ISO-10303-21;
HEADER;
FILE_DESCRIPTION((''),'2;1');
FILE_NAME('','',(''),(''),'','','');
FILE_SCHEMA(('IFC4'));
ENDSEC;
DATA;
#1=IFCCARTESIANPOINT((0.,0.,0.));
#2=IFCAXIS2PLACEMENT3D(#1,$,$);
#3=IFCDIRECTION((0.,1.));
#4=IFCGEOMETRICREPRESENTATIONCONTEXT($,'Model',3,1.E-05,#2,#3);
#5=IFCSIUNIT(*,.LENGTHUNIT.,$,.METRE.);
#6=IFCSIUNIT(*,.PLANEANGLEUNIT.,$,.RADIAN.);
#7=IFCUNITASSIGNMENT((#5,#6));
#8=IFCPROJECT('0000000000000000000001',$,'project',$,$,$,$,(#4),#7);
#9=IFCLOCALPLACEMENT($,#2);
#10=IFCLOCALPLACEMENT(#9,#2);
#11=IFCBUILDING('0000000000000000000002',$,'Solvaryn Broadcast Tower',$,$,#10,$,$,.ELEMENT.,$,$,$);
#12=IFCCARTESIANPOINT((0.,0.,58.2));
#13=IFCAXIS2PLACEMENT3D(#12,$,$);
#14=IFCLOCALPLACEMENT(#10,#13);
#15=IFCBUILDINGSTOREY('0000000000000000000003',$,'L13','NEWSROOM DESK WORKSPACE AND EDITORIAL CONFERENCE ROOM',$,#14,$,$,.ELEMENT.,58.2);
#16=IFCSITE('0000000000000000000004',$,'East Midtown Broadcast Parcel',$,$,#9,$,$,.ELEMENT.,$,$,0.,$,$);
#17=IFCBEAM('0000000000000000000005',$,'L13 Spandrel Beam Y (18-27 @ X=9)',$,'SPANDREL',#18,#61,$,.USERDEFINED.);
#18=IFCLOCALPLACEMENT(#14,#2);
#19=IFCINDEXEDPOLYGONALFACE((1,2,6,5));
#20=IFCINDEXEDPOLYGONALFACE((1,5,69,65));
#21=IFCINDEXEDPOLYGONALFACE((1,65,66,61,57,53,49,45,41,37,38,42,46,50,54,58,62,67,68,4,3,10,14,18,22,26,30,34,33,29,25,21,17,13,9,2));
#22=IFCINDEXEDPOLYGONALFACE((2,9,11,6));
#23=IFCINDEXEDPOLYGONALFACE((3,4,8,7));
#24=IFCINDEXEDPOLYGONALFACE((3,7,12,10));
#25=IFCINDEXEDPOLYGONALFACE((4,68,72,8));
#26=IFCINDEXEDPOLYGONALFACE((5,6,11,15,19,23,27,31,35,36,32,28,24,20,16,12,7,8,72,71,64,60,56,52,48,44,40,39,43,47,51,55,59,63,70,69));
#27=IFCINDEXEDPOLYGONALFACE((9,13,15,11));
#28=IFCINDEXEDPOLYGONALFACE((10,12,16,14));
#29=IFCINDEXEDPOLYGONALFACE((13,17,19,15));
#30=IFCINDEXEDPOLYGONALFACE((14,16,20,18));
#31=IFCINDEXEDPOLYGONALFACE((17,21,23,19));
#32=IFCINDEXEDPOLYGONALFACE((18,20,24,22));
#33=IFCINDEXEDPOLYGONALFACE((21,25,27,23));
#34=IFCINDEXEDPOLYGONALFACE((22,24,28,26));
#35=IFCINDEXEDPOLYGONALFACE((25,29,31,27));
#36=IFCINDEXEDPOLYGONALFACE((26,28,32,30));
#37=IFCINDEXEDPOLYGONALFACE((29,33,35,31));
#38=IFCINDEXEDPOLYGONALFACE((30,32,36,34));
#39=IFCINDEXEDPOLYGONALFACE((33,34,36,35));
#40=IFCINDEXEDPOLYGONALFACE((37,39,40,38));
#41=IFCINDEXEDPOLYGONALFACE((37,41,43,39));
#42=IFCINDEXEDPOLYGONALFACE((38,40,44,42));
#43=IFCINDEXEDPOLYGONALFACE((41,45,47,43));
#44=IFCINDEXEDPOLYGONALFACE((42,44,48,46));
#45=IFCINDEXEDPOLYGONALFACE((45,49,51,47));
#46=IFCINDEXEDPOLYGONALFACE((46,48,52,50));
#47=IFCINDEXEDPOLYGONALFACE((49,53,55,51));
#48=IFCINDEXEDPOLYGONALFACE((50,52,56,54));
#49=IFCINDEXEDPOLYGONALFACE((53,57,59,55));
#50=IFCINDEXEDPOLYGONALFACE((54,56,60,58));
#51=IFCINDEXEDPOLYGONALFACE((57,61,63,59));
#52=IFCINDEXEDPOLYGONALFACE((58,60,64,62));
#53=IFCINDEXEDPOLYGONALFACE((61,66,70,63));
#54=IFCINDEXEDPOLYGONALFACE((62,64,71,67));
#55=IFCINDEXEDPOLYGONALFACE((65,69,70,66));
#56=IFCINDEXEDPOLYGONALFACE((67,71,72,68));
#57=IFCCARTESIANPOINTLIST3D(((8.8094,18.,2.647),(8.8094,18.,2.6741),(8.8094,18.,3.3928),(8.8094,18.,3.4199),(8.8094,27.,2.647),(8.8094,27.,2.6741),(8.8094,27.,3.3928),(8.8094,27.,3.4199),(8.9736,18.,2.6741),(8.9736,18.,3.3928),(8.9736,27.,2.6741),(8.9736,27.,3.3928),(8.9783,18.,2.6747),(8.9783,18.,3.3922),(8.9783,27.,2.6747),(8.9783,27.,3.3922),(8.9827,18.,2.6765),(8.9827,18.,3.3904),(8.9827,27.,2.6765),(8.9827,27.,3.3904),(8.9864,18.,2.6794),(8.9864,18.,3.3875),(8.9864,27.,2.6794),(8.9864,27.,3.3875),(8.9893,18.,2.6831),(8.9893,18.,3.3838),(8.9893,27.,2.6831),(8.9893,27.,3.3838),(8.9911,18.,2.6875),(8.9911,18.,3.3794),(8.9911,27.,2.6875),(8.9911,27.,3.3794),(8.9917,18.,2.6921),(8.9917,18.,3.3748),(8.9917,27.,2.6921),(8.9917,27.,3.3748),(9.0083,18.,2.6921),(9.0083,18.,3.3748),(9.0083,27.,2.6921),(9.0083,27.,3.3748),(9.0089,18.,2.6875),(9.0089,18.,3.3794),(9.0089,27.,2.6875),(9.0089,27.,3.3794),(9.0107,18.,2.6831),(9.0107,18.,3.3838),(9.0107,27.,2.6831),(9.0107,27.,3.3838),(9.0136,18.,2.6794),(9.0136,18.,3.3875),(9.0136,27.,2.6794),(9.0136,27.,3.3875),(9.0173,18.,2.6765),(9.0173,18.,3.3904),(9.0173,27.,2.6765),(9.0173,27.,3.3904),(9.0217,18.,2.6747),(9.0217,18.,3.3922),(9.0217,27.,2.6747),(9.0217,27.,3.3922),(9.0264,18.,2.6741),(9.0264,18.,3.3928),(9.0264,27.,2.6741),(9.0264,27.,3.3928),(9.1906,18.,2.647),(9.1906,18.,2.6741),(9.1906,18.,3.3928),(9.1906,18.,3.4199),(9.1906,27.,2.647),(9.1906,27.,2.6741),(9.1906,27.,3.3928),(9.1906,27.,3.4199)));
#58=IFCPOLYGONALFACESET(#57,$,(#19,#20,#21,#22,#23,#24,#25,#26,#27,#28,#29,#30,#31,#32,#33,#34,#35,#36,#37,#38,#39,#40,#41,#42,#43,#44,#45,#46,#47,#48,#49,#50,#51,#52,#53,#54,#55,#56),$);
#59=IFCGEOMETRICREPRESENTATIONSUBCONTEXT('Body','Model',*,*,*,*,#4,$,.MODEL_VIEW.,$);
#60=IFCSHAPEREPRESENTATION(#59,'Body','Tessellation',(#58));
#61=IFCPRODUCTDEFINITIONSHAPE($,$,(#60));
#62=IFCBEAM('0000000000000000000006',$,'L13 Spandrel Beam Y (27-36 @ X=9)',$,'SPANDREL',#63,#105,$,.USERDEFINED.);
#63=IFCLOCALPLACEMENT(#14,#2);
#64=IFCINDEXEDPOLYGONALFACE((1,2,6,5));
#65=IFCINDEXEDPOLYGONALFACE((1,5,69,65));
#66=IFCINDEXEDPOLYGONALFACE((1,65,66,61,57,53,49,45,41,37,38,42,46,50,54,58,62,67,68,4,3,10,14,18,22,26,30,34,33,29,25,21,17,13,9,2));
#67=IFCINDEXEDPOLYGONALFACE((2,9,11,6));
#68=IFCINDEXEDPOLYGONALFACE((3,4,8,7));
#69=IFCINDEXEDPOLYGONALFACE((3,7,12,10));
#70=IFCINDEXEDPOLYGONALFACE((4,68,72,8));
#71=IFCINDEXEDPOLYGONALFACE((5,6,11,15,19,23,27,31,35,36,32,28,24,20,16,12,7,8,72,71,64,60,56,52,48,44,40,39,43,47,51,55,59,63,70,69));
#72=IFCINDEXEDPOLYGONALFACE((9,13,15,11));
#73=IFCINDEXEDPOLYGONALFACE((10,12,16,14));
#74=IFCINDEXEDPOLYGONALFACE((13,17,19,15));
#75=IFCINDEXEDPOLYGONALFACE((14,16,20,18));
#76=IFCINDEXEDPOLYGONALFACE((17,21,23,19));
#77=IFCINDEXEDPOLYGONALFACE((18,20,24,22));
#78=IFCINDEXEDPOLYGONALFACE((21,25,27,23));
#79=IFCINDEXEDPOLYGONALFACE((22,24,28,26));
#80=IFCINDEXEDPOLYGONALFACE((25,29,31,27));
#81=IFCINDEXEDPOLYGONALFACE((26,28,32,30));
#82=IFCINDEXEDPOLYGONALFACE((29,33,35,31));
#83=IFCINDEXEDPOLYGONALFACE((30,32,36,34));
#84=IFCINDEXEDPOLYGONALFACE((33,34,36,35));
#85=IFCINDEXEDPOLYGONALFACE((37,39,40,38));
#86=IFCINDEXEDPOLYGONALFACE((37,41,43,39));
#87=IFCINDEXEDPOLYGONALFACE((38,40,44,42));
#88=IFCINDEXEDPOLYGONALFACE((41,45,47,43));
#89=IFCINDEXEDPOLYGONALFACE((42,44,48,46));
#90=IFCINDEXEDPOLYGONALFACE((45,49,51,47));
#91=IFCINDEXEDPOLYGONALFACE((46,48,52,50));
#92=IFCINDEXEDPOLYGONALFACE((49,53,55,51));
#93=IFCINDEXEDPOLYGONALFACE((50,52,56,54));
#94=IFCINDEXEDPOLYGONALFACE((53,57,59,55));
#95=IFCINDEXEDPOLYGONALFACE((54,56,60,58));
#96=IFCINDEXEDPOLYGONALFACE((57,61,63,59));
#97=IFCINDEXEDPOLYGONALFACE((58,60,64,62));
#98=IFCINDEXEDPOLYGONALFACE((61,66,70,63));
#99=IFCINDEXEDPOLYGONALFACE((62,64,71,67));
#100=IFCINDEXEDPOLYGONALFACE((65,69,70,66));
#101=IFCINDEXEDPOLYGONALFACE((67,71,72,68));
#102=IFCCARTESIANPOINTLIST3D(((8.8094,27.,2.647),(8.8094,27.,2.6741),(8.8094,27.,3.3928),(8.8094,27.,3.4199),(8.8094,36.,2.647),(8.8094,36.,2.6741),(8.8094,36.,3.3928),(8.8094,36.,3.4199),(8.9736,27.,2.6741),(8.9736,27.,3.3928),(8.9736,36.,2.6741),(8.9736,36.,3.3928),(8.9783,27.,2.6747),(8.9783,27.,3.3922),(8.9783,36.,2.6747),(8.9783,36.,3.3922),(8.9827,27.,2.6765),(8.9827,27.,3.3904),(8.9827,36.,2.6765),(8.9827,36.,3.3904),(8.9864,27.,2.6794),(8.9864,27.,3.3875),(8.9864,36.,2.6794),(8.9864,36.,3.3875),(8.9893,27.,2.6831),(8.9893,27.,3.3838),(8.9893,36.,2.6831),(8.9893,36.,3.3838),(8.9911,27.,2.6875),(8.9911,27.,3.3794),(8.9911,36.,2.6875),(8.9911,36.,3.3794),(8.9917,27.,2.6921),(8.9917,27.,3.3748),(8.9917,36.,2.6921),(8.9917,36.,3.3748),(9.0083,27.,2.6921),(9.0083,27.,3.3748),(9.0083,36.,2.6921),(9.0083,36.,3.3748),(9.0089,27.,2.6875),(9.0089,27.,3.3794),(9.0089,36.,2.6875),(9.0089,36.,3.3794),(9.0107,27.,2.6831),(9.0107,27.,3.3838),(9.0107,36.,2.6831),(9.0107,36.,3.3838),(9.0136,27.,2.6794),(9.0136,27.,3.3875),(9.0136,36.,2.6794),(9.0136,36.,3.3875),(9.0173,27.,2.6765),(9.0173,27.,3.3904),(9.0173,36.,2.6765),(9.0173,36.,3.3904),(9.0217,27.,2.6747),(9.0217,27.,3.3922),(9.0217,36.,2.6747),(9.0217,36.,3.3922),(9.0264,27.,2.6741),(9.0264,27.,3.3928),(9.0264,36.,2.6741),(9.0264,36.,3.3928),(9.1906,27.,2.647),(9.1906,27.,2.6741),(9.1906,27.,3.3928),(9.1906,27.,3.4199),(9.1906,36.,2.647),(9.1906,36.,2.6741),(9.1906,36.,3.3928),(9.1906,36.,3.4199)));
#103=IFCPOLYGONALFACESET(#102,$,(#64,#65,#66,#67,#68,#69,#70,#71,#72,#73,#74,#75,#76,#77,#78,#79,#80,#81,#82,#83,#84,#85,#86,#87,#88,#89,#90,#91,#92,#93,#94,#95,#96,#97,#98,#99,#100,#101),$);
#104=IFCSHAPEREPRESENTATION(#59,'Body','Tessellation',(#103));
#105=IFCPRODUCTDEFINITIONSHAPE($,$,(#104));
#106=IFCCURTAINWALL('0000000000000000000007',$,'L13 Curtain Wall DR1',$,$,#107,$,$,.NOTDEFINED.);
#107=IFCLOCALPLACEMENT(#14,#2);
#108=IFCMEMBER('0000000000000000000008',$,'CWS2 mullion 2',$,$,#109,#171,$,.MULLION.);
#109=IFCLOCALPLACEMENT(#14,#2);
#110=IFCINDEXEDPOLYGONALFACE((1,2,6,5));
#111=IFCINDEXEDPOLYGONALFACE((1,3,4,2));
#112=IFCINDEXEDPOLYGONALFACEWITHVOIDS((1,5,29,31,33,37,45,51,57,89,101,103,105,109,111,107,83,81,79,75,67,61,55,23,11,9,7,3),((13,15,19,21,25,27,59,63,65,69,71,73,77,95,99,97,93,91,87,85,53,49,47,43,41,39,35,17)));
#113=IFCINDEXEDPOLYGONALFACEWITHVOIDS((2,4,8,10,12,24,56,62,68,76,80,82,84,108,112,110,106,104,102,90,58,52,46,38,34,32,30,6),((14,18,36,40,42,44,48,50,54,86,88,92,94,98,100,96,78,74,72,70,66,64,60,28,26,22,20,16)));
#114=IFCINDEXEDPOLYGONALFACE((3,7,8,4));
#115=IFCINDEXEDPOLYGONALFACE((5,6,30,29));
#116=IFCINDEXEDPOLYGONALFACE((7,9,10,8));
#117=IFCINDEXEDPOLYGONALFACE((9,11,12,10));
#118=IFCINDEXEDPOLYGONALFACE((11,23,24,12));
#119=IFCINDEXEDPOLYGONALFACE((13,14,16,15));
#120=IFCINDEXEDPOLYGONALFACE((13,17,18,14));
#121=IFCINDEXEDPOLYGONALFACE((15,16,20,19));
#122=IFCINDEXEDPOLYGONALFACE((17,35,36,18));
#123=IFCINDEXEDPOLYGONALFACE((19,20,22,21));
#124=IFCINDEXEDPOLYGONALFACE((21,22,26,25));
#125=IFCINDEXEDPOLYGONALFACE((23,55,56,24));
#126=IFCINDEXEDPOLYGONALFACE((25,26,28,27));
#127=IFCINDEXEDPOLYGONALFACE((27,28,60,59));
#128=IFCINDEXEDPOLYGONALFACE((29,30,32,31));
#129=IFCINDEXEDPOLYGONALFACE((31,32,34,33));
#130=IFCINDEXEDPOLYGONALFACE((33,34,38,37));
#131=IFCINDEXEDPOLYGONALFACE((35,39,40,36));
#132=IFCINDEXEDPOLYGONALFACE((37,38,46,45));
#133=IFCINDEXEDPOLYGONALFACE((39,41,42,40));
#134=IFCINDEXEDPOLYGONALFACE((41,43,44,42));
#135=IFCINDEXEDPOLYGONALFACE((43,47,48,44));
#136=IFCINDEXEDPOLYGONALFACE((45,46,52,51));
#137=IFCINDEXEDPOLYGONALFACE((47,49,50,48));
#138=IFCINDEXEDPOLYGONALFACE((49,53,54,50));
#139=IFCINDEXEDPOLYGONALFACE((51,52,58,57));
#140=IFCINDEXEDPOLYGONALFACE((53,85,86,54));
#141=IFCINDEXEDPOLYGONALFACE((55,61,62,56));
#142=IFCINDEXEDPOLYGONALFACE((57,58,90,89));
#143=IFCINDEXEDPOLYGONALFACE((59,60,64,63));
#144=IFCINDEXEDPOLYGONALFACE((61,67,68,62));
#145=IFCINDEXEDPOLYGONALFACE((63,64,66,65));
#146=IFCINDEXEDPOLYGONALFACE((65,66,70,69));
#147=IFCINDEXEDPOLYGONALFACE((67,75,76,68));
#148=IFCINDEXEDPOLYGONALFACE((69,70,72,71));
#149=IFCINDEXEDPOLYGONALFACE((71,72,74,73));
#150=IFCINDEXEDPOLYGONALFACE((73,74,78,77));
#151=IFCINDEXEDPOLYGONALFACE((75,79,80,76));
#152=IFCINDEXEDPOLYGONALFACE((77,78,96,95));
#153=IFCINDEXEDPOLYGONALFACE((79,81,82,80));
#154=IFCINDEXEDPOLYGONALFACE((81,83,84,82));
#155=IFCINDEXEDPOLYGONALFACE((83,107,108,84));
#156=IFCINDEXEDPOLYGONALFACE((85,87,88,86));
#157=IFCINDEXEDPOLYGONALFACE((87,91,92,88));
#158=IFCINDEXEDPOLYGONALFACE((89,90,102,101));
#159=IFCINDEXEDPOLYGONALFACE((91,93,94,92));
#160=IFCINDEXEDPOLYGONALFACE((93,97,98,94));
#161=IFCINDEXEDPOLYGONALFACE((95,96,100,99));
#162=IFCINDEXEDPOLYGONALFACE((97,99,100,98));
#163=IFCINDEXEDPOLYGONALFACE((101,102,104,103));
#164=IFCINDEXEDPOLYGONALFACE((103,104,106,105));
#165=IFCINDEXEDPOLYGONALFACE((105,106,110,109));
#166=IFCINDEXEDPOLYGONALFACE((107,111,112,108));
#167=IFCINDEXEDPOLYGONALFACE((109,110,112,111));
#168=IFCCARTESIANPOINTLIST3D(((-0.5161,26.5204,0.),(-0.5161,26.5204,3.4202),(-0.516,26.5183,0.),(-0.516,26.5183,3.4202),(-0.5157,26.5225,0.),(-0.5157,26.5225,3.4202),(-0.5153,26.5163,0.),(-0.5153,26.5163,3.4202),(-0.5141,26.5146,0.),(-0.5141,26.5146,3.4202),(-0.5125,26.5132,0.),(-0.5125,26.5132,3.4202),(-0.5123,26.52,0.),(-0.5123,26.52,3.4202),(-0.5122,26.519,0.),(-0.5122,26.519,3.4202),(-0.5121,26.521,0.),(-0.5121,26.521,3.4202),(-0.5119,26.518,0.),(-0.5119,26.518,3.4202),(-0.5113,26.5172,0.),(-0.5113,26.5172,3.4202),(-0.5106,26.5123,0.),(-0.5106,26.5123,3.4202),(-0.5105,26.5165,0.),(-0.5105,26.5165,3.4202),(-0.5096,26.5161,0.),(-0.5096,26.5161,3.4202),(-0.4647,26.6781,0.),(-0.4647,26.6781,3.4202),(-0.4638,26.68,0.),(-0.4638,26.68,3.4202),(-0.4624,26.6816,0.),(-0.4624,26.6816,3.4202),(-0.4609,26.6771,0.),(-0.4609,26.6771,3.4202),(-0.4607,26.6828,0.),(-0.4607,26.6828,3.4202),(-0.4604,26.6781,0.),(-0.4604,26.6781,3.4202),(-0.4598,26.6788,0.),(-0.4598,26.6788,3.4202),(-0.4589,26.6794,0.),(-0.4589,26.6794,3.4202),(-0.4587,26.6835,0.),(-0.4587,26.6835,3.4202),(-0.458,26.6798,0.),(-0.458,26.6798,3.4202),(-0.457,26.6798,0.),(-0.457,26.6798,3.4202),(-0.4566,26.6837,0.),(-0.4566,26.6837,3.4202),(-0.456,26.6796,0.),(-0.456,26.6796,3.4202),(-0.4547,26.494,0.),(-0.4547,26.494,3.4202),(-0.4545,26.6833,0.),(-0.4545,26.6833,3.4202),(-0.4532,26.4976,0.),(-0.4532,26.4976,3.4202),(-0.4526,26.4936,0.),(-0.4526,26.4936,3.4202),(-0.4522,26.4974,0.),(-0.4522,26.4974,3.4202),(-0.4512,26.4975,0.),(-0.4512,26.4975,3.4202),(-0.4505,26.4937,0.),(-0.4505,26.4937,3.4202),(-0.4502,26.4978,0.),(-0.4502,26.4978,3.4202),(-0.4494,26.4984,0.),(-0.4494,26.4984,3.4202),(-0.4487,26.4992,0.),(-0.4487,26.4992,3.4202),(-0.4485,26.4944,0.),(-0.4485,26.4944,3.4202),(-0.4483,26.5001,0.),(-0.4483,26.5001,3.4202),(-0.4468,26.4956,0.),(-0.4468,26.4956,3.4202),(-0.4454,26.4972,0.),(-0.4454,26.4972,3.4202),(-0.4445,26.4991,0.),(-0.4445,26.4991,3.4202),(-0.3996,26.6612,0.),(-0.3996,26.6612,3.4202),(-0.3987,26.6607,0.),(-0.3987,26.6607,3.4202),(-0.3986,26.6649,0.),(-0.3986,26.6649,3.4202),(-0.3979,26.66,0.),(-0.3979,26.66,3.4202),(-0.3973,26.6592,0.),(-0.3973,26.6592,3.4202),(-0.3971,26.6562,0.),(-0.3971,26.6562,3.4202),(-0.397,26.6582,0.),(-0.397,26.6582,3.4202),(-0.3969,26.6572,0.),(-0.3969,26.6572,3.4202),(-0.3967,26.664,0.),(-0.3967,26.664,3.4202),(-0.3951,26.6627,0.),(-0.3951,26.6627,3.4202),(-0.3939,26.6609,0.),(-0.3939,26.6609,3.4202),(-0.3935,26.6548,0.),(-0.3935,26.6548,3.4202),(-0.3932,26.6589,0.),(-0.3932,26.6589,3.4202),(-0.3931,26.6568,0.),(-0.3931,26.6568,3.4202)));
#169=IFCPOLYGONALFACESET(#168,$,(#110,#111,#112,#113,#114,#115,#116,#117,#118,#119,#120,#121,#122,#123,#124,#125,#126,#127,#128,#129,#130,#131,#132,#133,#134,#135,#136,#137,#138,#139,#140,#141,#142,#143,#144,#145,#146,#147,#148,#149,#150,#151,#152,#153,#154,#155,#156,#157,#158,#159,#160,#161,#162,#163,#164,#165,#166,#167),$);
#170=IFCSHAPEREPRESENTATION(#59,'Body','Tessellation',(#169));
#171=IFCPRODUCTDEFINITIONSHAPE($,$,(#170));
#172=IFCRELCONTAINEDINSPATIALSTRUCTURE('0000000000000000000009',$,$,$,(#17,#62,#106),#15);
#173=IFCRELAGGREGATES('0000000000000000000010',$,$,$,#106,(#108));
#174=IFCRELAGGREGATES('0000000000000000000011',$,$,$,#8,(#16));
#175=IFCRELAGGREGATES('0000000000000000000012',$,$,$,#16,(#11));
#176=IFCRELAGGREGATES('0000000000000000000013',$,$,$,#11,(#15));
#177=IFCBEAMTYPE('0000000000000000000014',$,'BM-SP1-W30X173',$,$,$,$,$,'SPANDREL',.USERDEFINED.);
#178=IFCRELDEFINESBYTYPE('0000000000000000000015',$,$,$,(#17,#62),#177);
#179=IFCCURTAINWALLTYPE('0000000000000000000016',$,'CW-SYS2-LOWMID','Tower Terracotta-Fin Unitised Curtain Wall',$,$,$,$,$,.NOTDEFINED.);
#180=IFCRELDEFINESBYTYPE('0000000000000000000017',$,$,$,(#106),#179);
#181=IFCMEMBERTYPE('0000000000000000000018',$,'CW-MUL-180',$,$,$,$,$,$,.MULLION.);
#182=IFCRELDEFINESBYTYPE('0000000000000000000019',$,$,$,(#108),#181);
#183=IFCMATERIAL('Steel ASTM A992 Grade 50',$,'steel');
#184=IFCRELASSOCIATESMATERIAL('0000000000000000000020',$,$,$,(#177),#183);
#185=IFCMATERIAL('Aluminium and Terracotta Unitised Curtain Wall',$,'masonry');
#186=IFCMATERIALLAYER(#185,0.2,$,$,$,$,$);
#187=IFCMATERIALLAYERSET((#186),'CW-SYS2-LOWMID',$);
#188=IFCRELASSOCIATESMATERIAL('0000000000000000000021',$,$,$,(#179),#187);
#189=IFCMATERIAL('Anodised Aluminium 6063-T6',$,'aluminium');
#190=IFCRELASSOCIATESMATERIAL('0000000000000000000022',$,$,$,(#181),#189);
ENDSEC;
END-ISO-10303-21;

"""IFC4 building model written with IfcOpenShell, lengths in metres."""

from ifc_helpers import new_model, si_unit, direction, frame, origin, origin_2d, place, context, subcontext, project, spatial, hollow_rectangle, i_section, extrude, material, layer, layer_set, material_profile, profile_set, type_object, element, aggregate, save


model = new_model("IFC4")

# Units and contexts
model_context = context("Model", 3, precision=1e-05, world=origin(), true_north=direction((0.0, 1.0)))
body_context = subcontext(model_context, "Body", "Model", "MODEL_VIEW")
ifc_project = project(units=[si_unit("LENGTHUNIT", "METRE"), si_unit("PLANEANGLEUNIT", "RADIAN")], contexts=[model_context])

# Site, building, storey
site_placement = place(None, origin())
site = spatial("IfcSite", under=ifc_project, at=site_placement, Name="East Midtown Broadcast Parcel", CompositionType="ELEMENT", RefElevation=0.0)
building_placement = place(site_placement, origin())
building = spatial("IfcBuilding", under=site, at=building_placement, Name="Solvaryn Broadcast Tower", CompositionType="ELEMENT")
storey_placement = place(building_placement, frame((0.0, 0.0, 58.2)))
storey = spatial("IfcBuildingStorey", under=building, at=storey_placement, Name="L13", Description="NEWSROOM DESK WORKSPACE AND EDITORIAL CONFERENCE ROOM", CompositionType="ELEMENT", Elevation=58.2)

# Beams
ifc_material_1 = material(Name="Steel ASTM A992 Grade 50", Category="steel")
ifc_material_profile_1 = material_profile(ifc_material_1, i_section(OverallWidth=0.3811, OverallDepth=0.7729, WebThickness=0.0166, FlangeThickness=0.0271, FilletRadius=0.0181, at=origin_2d()))
ifc_profile_set_1 = profile_set([ifc_material_profile_1], Name="Steel ASTM A992 Grade 50")
beam_type_1 = type_object("IfcBeamType", Name="BM-SP1-W30X173", ElementType="SPANDREL", PredefinedType="USERDEFINED", material=ifc_profile_set_1)
for number, where, z_axis, x_axis, name in (
    (1, (9.0, 18.0, 3.0334), (0.0, 1.0, 0.0), (-1.0, 0.0, 0.0), "L13 Spandrel Beam Y (18-27 @ X=9)"),
    (2, (9.0, 27.0, 3.0334), (0.0, 1.0, 0.0), (-1.0, 0.0, 0.0), "L13 Spandrel Beam Y (27-36 @ X=9)"),
):
    element("IfcBeam", number, at=place(storey_placement, frame(where, z_axis=z_axis, x_axis=x_axis)), inside=storey, type_object=beam_type_1, Name=name, ObjectType="SPANDREL", PredefinedType="USERDEFINED", context=body_context, shape_type="SweptSolid", body=[
        extrude(i_section(OverallWidth=0.3811, OverallDepth=0.7729, WebThickness=0.0166, FlangeThickness=0.0271, FilletRadius=0.0181, at=origin_2d()), origin(), (0.0, 0.0, 1.0), 9.0),
    ])

# Curtain wall, member
ifc_material_2 = material(Name="Aluminium and Terracotta Unitised Curtain Wall", Category="masonry")
ifc_layer_1 = layer(ifc_material_2, 0.2)
ifc_layer_set_1 = layer_set([ifc_layer_1], Name="CW-SYS2-LOWMID")
curtain_wall_type_1 = type_object("IfcCurtainWallType", Name="CW-SYS2-LOWMID", Description="Tower Terracotta-Fin Unitised Curtain Wall", PredefinedType="NOTDEFINED", material=ifc_layer_set_1)
curtain_wall_1_placement = place(storey_placement, origin())
curtain_wall_1 = element("IfcCurtainWall", 3, at=curtain_wall_1_placement, inside=storey, type_object=curtain_wall_type_1, Name="L13 Curtain Wall DR1", PredefinedType="NOTDEFINED")
ifc_material_3 = material(Name="Anodised Aluminium 6063-T6", Category="aluminium")
ifc_material_profile_2 = material_profile(ifc_material_3, hollow_rectangle(XDim=0.075, YDim=0.1799, WallThickness=0.0039, InnerFilletRadius=0.0039, OuterFilletRadius=0.0081, at=origin_2d()))
ifc_profile_set_2 = profile_set([ifc_material_profile_2], Name="Anodised Aluminium 6063-T6")
member_type_1 = type_object("IfcMemberType", Name="CW-MUL-180", PredefinedType="MULLION", material=ifc_profile_set_2)
member_1_placement = place(storey_placement, frame((-0.4546, 26.5886, 0.0), z_axis=(0.0, 0.0, 1.0), x_axis=(0.950215, -0.311594, 0.0)))
member_1 = element("IfcMember", 4, at=member_1_placement, type_object=member_type_1, Name="CWS2 mullion 2", PredefinedType="MULLION", context=body_context, shape_type="SweptSolid", body=[
    extrude(hollow_rectangle(XDim=0.075, YDim=0.1799, WallThickness=0.0039, InnerFilletRadius=0.0039, OuterFilletRadius=0.0081, at=origin_2d()), origin(), (0.0, 0.0, 1.0), 3.4202),
])
aggregate(curtain_wall_1, [member_1])

save(model, "model.ifc")
